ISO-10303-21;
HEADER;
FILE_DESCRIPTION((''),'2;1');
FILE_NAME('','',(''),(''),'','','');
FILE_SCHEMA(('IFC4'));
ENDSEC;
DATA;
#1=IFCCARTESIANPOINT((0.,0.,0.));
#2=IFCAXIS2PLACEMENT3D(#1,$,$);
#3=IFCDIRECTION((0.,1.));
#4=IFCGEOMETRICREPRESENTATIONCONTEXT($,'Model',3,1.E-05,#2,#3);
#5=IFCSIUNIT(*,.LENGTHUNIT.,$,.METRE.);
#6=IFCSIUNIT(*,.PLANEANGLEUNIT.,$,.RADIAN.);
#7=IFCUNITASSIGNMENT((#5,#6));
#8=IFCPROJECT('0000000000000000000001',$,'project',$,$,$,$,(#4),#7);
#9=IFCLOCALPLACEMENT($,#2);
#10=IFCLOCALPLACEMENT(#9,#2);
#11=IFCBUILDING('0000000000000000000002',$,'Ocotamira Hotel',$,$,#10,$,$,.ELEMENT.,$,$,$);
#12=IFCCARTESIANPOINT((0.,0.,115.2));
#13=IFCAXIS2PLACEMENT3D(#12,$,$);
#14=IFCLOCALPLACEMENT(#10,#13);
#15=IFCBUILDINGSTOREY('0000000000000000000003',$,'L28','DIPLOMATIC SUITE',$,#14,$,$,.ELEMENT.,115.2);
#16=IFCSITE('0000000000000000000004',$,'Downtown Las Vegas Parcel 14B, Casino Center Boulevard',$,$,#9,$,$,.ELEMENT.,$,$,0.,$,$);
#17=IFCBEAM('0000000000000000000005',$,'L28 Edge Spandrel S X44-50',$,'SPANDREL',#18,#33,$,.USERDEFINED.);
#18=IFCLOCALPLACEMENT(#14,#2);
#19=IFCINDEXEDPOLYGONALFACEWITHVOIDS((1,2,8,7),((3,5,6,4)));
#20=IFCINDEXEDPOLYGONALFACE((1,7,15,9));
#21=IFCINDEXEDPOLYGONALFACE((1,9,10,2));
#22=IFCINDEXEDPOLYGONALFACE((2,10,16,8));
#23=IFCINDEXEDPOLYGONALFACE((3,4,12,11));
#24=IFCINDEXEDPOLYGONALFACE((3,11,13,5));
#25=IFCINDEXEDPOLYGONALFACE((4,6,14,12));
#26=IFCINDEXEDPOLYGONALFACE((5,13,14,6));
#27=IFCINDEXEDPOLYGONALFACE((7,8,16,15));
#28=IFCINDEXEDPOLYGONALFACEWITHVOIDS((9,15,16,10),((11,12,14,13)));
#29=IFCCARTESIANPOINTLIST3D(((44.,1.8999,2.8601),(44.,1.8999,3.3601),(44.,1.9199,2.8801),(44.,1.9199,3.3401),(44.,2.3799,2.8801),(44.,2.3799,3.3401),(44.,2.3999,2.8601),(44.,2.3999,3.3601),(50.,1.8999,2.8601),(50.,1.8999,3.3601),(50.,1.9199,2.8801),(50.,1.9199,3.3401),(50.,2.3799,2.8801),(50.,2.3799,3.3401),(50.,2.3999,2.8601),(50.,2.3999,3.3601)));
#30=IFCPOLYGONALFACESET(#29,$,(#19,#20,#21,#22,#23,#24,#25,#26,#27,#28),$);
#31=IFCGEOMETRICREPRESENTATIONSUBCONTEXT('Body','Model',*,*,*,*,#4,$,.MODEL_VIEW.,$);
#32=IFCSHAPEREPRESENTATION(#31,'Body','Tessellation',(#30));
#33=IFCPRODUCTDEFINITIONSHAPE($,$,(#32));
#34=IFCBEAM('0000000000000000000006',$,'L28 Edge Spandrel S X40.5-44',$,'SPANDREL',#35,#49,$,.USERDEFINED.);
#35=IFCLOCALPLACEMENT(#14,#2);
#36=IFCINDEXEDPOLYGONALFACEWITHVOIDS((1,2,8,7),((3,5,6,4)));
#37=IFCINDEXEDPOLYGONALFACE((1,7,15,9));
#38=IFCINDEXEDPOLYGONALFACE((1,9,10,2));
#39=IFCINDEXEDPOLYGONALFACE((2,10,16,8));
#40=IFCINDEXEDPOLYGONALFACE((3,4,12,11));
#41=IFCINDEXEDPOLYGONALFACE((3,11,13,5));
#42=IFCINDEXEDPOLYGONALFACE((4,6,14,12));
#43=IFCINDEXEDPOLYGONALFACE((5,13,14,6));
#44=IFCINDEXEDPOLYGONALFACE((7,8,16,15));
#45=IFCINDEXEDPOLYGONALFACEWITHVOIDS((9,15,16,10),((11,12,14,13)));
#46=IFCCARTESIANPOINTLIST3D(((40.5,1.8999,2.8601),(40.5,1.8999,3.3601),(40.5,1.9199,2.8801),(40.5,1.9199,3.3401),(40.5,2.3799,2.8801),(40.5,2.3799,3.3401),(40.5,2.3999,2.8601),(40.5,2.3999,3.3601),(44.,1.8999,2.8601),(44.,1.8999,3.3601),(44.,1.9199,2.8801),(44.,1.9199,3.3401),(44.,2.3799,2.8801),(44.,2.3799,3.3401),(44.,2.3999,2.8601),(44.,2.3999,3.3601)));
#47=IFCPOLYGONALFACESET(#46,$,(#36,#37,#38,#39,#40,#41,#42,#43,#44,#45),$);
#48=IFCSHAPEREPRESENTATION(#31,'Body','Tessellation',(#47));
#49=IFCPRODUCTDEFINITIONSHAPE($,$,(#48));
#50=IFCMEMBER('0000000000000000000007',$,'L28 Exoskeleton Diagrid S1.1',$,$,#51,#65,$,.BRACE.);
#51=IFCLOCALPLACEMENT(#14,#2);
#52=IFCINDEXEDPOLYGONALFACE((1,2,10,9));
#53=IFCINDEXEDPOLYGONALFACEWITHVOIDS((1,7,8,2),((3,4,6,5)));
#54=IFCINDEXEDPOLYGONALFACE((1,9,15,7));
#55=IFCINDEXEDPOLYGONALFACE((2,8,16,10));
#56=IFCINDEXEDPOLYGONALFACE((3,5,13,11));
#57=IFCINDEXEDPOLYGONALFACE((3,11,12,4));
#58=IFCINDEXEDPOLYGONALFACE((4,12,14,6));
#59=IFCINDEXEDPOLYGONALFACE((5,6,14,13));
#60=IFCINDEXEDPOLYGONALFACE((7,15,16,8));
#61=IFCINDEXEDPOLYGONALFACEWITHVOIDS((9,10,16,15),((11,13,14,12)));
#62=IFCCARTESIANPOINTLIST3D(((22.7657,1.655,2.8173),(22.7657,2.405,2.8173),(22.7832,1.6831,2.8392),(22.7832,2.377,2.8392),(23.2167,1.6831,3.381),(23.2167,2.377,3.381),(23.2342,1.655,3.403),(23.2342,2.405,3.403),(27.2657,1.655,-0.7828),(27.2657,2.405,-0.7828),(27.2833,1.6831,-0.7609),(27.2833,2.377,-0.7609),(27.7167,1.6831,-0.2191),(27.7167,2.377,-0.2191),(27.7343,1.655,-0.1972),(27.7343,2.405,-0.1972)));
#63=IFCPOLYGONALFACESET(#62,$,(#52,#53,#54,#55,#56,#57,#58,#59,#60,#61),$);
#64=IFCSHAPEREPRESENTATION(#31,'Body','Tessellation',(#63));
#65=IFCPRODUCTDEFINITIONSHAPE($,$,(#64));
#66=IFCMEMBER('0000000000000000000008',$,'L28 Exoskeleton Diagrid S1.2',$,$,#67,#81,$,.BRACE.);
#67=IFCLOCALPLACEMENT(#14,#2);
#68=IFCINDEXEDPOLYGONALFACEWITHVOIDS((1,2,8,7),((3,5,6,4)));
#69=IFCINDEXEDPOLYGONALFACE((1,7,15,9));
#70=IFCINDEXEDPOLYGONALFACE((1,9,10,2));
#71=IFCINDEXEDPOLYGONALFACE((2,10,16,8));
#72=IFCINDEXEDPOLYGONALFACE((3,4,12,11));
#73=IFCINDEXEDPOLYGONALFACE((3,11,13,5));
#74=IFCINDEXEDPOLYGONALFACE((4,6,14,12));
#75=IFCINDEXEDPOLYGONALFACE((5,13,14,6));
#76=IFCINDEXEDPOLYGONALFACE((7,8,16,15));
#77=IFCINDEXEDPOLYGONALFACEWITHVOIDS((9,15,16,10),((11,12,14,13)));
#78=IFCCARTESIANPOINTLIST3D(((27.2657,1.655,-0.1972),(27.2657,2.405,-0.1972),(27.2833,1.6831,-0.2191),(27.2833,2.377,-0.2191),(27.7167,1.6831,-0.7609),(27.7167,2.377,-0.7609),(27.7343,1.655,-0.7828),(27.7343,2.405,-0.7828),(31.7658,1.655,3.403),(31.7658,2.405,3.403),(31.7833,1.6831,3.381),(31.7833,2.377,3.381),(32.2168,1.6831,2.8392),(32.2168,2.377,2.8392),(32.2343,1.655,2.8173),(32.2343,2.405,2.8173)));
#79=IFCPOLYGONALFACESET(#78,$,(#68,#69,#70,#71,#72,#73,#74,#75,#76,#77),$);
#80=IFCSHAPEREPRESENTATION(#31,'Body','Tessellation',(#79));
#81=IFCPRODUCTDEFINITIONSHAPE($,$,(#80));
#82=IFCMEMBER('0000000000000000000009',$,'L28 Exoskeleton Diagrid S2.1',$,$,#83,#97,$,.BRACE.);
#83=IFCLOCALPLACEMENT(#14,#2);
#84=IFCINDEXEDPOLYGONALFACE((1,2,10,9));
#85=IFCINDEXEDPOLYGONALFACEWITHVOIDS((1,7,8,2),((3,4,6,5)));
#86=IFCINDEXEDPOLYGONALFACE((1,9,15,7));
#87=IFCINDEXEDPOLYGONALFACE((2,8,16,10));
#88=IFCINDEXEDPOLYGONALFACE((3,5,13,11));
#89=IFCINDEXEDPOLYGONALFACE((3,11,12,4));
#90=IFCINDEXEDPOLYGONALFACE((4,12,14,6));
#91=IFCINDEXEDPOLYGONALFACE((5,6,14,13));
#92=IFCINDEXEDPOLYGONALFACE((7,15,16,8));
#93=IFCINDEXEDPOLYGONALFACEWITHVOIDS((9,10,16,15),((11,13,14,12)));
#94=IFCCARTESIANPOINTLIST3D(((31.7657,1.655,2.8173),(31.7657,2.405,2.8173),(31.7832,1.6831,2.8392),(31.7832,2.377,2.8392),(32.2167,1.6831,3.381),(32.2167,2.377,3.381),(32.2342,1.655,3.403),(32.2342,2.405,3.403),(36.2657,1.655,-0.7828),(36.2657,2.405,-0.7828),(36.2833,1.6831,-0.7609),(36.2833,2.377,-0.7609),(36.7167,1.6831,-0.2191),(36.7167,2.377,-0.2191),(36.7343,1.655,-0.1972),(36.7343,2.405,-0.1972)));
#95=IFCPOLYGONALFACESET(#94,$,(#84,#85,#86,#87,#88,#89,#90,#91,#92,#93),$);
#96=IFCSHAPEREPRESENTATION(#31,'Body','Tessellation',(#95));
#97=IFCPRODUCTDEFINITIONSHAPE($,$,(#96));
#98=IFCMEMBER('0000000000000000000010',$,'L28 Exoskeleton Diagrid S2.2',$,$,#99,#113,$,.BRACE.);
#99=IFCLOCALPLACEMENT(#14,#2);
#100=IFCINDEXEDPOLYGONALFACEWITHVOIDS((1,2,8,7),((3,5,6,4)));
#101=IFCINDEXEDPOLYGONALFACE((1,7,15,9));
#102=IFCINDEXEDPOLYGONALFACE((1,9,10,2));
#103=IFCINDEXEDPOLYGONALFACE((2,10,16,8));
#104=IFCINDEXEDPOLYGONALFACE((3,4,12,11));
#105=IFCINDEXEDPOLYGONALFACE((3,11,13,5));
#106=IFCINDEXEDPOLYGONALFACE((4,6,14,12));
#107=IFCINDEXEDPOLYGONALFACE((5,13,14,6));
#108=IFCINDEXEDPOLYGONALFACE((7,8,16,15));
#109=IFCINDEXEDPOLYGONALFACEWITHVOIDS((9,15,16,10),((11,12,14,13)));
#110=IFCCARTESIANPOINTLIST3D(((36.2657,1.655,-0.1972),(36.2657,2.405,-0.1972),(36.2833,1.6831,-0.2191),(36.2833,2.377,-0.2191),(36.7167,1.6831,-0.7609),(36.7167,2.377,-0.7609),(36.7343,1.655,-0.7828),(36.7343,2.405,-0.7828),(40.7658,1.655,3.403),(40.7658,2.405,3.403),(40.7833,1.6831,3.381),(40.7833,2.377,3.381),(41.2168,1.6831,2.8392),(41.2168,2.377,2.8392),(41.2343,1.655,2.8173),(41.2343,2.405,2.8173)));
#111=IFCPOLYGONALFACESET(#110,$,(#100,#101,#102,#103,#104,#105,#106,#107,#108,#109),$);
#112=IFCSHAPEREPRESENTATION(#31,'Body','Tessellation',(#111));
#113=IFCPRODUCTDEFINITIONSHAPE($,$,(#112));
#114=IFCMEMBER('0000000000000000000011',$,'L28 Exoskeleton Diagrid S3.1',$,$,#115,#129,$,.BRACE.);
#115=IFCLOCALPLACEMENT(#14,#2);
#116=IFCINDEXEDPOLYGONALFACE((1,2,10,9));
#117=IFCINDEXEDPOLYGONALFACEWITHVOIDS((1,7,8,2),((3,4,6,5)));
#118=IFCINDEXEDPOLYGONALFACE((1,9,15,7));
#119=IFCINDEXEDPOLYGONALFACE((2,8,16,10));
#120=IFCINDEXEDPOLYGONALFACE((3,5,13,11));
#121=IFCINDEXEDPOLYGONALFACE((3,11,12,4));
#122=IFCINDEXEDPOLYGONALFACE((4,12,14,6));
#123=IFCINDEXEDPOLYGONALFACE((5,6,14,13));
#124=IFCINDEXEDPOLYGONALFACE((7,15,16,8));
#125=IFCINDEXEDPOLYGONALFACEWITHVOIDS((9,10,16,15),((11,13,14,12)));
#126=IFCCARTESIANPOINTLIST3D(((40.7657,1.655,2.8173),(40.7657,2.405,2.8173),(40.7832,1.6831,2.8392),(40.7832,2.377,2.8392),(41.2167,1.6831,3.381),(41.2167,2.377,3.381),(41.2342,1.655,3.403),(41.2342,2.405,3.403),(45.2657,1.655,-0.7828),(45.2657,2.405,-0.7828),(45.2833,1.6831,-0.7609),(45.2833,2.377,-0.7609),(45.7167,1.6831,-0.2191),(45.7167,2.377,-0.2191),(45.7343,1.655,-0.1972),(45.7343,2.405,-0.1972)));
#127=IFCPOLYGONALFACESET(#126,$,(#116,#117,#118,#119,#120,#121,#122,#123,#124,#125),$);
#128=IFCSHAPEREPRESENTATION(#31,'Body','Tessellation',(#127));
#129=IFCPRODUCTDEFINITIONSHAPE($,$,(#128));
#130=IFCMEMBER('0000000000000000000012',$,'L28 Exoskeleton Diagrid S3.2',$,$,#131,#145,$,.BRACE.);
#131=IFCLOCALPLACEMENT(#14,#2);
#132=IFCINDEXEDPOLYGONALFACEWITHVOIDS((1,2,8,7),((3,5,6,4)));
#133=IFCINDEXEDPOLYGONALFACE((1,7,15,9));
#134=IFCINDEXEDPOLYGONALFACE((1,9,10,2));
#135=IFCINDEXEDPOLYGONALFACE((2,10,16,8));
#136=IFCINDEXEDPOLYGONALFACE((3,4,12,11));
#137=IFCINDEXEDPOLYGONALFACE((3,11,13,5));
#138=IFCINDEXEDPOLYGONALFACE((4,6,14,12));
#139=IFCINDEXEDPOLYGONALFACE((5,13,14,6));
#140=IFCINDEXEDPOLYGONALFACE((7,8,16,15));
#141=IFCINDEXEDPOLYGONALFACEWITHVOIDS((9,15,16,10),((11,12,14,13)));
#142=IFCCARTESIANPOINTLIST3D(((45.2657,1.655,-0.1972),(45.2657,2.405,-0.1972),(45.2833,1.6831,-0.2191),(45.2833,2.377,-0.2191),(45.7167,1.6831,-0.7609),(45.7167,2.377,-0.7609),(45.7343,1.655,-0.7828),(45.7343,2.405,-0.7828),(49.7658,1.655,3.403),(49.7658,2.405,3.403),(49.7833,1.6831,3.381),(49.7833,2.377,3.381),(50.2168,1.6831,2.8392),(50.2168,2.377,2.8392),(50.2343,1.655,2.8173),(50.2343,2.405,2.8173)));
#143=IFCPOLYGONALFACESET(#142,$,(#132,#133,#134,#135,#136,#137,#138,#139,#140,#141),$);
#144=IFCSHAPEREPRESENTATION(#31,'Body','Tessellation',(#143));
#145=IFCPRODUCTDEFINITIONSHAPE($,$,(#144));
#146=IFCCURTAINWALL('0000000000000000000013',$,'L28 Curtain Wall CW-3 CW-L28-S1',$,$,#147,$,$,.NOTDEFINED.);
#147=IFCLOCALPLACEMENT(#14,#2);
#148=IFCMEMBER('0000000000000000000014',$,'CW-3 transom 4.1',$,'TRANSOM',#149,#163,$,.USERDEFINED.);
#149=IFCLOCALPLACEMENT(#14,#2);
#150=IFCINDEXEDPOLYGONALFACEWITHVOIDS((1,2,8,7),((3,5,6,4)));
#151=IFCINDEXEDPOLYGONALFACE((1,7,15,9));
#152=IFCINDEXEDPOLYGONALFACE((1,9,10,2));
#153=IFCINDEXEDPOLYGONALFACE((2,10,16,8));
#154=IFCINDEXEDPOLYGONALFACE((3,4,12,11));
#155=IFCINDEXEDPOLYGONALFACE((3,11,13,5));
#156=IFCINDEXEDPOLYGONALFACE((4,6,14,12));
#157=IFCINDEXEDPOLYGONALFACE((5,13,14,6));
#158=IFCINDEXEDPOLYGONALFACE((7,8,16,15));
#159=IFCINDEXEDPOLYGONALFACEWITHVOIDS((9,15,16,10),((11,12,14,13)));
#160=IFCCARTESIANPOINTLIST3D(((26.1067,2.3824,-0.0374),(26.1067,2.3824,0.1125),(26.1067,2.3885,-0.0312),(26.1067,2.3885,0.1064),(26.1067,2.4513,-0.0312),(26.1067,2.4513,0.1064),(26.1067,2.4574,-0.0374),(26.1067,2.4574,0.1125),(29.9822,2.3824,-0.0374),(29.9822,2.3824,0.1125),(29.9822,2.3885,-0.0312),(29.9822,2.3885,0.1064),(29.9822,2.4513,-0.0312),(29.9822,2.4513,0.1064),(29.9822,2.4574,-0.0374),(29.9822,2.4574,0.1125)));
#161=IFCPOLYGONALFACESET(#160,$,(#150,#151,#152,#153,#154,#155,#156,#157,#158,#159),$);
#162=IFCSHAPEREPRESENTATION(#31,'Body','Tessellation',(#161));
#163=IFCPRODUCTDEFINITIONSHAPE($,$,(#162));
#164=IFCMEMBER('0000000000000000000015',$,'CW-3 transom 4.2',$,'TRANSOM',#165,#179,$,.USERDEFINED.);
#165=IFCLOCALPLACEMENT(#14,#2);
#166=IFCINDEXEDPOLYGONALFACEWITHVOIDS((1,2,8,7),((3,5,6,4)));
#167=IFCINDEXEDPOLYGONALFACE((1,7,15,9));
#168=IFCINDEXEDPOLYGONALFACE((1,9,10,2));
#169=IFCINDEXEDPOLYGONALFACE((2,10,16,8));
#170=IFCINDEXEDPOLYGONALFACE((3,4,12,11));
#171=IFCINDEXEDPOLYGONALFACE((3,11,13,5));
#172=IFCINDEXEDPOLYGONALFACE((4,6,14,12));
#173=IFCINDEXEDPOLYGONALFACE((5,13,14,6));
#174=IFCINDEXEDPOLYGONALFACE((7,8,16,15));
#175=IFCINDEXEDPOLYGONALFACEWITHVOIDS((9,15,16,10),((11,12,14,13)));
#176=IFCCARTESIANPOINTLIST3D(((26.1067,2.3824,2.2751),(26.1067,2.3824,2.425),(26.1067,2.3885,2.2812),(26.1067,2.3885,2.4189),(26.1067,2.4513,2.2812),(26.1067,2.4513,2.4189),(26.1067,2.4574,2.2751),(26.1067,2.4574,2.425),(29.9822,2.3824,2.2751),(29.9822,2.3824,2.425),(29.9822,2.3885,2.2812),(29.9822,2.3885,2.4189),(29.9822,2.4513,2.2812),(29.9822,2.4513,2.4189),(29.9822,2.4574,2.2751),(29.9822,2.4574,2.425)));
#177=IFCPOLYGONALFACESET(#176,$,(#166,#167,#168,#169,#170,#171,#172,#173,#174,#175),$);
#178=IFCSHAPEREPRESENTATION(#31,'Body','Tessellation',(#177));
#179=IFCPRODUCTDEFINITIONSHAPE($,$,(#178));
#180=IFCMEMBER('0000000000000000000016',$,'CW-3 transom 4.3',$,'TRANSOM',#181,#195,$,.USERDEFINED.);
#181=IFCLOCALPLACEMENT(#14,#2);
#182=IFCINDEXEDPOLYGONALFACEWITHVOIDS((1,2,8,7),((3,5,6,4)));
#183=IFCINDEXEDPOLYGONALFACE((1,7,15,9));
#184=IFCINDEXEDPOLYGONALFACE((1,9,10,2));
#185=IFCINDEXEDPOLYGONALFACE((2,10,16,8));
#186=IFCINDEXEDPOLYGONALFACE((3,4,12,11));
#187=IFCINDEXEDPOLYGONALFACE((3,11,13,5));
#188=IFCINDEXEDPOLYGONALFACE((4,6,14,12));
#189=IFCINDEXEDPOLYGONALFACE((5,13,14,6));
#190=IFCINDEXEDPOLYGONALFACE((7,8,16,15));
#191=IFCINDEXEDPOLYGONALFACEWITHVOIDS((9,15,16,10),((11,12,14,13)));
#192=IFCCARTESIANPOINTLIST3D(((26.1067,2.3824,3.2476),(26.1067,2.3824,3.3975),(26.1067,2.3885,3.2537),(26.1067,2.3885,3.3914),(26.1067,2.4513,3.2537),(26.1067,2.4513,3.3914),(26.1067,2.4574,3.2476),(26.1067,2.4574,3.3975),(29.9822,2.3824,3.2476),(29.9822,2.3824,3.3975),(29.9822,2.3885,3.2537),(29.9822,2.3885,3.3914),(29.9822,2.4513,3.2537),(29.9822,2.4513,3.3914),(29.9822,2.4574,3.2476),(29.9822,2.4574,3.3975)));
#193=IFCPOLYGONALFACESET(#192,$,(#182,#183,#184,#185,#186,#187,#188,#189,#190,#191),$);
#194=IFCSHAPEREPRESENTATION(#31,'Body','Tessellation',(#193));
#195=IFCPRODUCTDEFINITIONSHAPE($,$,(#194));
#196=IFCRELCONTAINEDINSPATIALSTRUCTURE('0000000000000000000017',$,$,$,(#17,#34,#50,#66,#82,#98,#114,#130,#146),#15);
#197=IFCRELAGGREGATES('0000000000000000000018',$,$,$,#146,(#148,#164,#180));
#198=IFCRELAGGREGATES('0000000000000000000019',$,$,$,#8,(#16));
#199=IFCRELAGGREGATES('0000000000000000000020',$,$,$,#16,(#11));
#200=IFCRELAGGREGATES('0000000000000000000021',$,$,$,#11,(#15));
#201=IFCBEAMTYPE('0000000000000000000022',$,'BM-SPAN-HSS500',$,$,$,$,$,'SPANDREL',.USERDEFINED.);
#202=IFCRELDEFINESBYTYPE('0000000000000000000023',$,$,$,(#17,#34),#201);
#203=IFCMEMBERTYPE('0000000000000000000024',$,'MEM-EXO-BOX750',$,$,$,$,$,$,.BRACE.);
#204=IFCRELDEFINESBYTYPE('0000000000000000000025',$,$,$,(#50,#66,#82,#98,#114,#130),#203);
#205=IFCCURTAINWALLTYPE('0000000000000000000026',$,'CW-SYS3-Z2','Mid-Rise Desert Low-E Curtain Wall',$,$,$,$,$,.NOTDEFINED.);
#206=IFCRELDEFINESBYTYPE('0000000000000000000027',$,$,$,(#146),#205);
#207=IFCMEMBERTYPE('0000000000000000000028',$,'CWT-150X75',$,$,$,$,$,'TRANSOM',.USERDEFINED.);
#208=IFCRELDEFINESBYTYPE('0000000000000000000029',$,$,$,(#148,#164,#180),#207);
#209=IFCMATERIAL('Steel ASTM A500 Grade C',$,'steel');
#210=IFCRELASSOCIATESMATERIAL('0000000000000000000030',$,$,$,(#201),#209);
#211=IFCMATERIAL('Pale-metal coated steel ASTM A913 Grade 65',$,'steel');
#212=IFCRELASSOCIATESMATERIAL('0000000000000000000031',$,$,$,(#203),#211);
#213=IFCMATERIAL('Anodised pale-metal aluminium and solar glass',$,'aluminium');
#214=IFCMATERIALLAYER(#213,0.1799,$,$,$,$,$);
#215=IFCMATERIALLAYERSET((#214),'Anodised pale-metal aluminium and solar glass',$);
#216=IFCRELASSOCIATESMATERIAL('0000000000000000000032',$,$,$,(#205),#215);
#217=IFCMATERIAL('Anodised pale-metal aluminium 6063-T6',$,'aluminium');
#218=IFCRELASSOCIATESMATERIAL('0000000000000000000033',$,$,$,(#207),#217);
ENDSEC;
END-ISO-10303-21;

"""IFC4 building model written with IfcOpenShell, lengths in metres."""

from ifc_helpers import new_model, si_unit, direction, frame, origin, origin_2d, place, context, subcontext, project, spatial, hollow_rectangle, extrude, source, transform, mapped, material, layer, layer_set, material_profile, profile_set, type_object, element, aggregate, save


model = new_model("IFC4")

# Units and contexts
model_context = context("Model", 3, precision=1e-05, world=origin(), true_north=direction((0.0, 1.0)))
body_context = subcontext(model_context, "Body", "Model", "MODEL_VIEW")
ifc_project = project(units=[si_unit("LENGTHUNIT", "METRE"), si_unit("PLANEANGLEUNIT", "RADIAN")], contexts=[model_context])

# Site, building, storey
site_placement = place(None, origin())
site = spatial("IfcSite", under=ifc_project, at=site_placement, Name="Downtown Las Vegas Parcel 14B, Casino Center Boulevard", CompositionType="ELEMENT", RefElevation=0.0)
building_placement = place(site_placement, origin())
building = spatial("IfcBuilding", under=site, at=building_placement, Name="Ocotamira Hotel", CompositionType="ELEMENT")
storey_placement = place(building_placement, frame((0.0, 0.0, 115.2)))
storey = spatial("IfcBuildingStorey", under=building, at=storey_placement, Name="L28", Description="DIPLOMATIC SUITE", CompositionType="ELEMENT", Elevation=115.2)

# Beams
ifc_material_1 = material(Name="Steel ASTM A500 Grade C", Category="steel")
ifc_material_profile_1 = material_profile(ifc_material_1, hollow_rectangle(XDim=0.5, YDim=0.5, WallThickness=0.02, at=origin_2d()), Name="HSS500X500X20")
ifc_profile_set_1 = profile_set([ifc_material_profile_1], Name="Steel ASTM A500 Grade C")
beam_type = type_object("IfcBeamType", Name="BM-SPAN-HSS500", ElementType="SPANDREL", PredefinedType="USERDEFINED", material=ifc_profile_set_1)
shared_shape_1 = source(origin(), body_context, "Body", "SweptSolid", [
    extrude(hollow_rectangle(XDim=0.5, YDim=0.5, WallThickness=0.02, at=origin_2d()), origin(), (0.0, 0.0, 1.0), 6.0),
])
beam_1_placement = place(storey_placement, frame((44.0, 2.1499, 3.1101), z_axis=(1.0, 0.0, 0.0), x_axis=(0.0, 1.0, 0.0)))
element("IfcBeam", 1, at=beam_1_placement, inside=storey, type_object=beam_type, Name="L28 Edge Spandrel S X44-50", ObjectType="SPANDREL", PredefinedType="USERDEFINED", context=body_context, shape_type="MappedRepresentation", body=[
    mapped(shared_shape_1, transform((0.0, 0.0, 0.0), scale=1.0)),
])
shared_shape_2 = source(origin(), body_context, "Body", "SweptSolid", [
    extrude(hollow_rectangle(XDim=0.5, YDim=0.5, WallThickness=0.02, at=origin_2d()), origin(), (0.0, 0.0, 1.0), 3.5),
])
beam_2_placement = place(storey_placement, frame((40.5, 2.1499, 3.1101), z_axis=(1.0, 0.0, 0.0), x_axis=(0.0, 1.0, 0.0)))
element("IfcBeam", 2, at=beam_2_placement, inside=storey, type_object=beam_type, Name="L28 Edge Spandrel S X40.5-44", ObjectType="SPANDREL", PredefinedType="USERDEFINED", context=body_context, shape_type="MappedRepresentation", body=[
    mapped(shared_shape_2, transform((0.0, 0.0, 0.0), scale=1.0)),
])

# Members
ifc_material_2 = material(Name="Pale-metal coated steel ASTM A913 Grade 65", Category="steel")
ifc_material_profile_2 = material_profile(ifc_material_2, hollow_rectangle(XDim=0.75, YDim=0.75, WallThickness=0.0281, at=origin_2d()), Name="BOX750X750X28")
ifc_profile_set_2 = profile_set([ifc_material_profile_2], Name="Pale-metal coated steel ASTM A913 Grade 65")
member_type_1 = type_object("IfcMemberType", Name="MEM-EXO-BOX750", PredefinedType="BRACE", material=ifc_profile_set_2)
shared_shape_3 = source(origin(), body_context, "Body", "SweptSolid", [
    extrude(hollow_rectangle(XDim=0.75, YDim=0.75, WallThickness=0.0281, at=origin_2d()), origin(), (0.0, 0.0, 1.0), 5.7629),
])
for number, where, z_axis, x_axis, name in (
    (3, (27.5, 2.03, -0.49), (-0.780861, 0.0, 0.624705), (0.0, -1.0, 0.0), "L28 Exoskeleton Diagrid S1.1"),
    (4, (27.5, 2.03, -0.49), (0.780861, 0.0, 0.624705), (0.0, 1.0, 0.0), "L28 Exoskeleton Diagrid S1.2"),
    (5, (36.5, 2.03, -0.49), (-0.780861, 0.0, 0.624705), (0.0, -1.0, 0.0), "L28 Exoskeleton Diagrid S2.1"),
    (6, (36.5, 2.03, -0.49), (0.780861, 0.0, 0.624705), (0.0, 1.0, 0.0), "L28 Exoskeleton Diagrid S2.2"),
    (7, (45.5, 2.03, -0.49), (-0.780861, 0.0, 0.624705), (0.0, -1.0, 0.0), "L28 Exoskeleton Diagrid S3.1"),
    (8, (45.5, 2.03, -0.49), (0.780861, 0.0, 0.624705), (0.0, 1.0, 0.0), "L28 Exoskeleton Diagrid S3.2"),
):
    element("IfcMember", number, at=place(storey_placement, frame(where, z_axis=z_axis, x_axis=x_axis)), inside=storey, type_object=member_type_1, Name=name, PredefinedType="BRACE", context=body_context, shape_type="MappedRepresentation", body=[
        mapped(shared_shape_3, transform((0.0, 0.0, 0.0), scale=1.0)),
    ])

# Curtain wall, members
ifc_material_3 = material(Name="Anodised pale-metal aluminium and solar glass", Category="aluminium")
ifc_layer_1 = layer(ifc_material_3, 0.1799)
ifc_layer_set_1 = layer_set([ifc_layer_1], Name="Anodised pale-metal aluminium and solar glass")
curtain_wall_type = type_object("IfcCurtainWallType", Name="CW-SYS3-Z2", Description="Mid-Rise Desert Low-E Curtain Wall", PredefinedType="NOTDEFINED", material=ifc_layer_set_1)
curtain_wall_placement = place(storey_placement, origin())
curtain_wall = element("IfcCurtainWall", 9, at=curtain_wall_placement, inside=storey, type_object=curtain_wall_type, Name="L28 Curtain Wall CW-3 CW-L28-S1", PredefinedType="NOTDEFINED")
ifc_material_4 = material(Name="Anodised pale-metal aluminium 6063-T6", Category="aluminium")
ifc_material_profile_3 = material_profile(ifc_material_4, hollow_rectangle(XDim=0.075, YDim=0.1499, WallThickness=0.0061, at=origin_2d()), Name="HSS150X75X6")
ifc_profile_set_3 = profile_set([ifc_material_profile_3], Name="Anodised pale-metal aluminium 6063-T6")
member_type_2 = type_object("IfcMemberType", Name="CWT-150X75", ElementType="TRANSOM", PredefinedType="USERDEFINED", material=ifc_profile_set_3)
shared_shape_4 = source(origin(), body_context, "Body", "SweptSolid", [
    extrude(hollow_rectangle(XDim=0.075, YDim=0.1499, WallThickness=0.0061, at=origin_2d()), origin(), (0.0, 0.0, 1.0), 3.8755),
])
member_1_placement = place(storey_placement, frame((26.1067, 2.4199, 0.0376), z_axis=(1.0, 0.0, 0.0), x_axis=(0.0, 1.0, 0.0)))
member_1 = element("IfcMember", 10, at=member_1_placement, type_object=member_type_2, Name="CW-3 transom 4.1", ObjectType="TRANSOM", PredefinedType="USERDEFINED", context=body_context, shape_type="MappedRepresentation", body=[
    mapped(shared_shape_4, transform((0.0, 0.0, 0.0), scale=1.0)),
])
member_2_placement = place(storey_placement, frame((26.1067, 2.4199, 2.3501), z_axis=(1.0, 0.0, 0.0), x_axis=(0.0, 1.0, 0.0)))
member_2 = element("IfcMember", 11, at=member_2_placement, type_object=member_type_2, Name="CW-3 transom 4.2", ObjectType="TRANSOM", PredefinedType="USERDEFINED", context=body_context, shape_type="MappedRepresentation", body=[
    mapped(shared_shape_4, transform((0.0, 0.0, 0.0), scale=1.0)),
])
member_3_placement = place(storey_placement, frame((26.1067, 2.4199, 3.3225), z_axis=(1.0, 0.0, 0.0), x_axis=(0.0, 1.0, 0.0)))
member_3 = element("IfcMember", 12, at=member_3_placement, type_object=member_type_2, Name="CW-3 transom 4.3", ObjectType="TRANSOM", PredefinedType="USERDEFINED", context=body_context, shape_type="MappedRepresentation", body=[
    mapped(shared_shape_4, transform((0.0, 0.0, 0.0), scale=1.0)),
])

aggregate(curtain_wall, [member_1, member_2, member_3])

save(model, "model.ifc")
